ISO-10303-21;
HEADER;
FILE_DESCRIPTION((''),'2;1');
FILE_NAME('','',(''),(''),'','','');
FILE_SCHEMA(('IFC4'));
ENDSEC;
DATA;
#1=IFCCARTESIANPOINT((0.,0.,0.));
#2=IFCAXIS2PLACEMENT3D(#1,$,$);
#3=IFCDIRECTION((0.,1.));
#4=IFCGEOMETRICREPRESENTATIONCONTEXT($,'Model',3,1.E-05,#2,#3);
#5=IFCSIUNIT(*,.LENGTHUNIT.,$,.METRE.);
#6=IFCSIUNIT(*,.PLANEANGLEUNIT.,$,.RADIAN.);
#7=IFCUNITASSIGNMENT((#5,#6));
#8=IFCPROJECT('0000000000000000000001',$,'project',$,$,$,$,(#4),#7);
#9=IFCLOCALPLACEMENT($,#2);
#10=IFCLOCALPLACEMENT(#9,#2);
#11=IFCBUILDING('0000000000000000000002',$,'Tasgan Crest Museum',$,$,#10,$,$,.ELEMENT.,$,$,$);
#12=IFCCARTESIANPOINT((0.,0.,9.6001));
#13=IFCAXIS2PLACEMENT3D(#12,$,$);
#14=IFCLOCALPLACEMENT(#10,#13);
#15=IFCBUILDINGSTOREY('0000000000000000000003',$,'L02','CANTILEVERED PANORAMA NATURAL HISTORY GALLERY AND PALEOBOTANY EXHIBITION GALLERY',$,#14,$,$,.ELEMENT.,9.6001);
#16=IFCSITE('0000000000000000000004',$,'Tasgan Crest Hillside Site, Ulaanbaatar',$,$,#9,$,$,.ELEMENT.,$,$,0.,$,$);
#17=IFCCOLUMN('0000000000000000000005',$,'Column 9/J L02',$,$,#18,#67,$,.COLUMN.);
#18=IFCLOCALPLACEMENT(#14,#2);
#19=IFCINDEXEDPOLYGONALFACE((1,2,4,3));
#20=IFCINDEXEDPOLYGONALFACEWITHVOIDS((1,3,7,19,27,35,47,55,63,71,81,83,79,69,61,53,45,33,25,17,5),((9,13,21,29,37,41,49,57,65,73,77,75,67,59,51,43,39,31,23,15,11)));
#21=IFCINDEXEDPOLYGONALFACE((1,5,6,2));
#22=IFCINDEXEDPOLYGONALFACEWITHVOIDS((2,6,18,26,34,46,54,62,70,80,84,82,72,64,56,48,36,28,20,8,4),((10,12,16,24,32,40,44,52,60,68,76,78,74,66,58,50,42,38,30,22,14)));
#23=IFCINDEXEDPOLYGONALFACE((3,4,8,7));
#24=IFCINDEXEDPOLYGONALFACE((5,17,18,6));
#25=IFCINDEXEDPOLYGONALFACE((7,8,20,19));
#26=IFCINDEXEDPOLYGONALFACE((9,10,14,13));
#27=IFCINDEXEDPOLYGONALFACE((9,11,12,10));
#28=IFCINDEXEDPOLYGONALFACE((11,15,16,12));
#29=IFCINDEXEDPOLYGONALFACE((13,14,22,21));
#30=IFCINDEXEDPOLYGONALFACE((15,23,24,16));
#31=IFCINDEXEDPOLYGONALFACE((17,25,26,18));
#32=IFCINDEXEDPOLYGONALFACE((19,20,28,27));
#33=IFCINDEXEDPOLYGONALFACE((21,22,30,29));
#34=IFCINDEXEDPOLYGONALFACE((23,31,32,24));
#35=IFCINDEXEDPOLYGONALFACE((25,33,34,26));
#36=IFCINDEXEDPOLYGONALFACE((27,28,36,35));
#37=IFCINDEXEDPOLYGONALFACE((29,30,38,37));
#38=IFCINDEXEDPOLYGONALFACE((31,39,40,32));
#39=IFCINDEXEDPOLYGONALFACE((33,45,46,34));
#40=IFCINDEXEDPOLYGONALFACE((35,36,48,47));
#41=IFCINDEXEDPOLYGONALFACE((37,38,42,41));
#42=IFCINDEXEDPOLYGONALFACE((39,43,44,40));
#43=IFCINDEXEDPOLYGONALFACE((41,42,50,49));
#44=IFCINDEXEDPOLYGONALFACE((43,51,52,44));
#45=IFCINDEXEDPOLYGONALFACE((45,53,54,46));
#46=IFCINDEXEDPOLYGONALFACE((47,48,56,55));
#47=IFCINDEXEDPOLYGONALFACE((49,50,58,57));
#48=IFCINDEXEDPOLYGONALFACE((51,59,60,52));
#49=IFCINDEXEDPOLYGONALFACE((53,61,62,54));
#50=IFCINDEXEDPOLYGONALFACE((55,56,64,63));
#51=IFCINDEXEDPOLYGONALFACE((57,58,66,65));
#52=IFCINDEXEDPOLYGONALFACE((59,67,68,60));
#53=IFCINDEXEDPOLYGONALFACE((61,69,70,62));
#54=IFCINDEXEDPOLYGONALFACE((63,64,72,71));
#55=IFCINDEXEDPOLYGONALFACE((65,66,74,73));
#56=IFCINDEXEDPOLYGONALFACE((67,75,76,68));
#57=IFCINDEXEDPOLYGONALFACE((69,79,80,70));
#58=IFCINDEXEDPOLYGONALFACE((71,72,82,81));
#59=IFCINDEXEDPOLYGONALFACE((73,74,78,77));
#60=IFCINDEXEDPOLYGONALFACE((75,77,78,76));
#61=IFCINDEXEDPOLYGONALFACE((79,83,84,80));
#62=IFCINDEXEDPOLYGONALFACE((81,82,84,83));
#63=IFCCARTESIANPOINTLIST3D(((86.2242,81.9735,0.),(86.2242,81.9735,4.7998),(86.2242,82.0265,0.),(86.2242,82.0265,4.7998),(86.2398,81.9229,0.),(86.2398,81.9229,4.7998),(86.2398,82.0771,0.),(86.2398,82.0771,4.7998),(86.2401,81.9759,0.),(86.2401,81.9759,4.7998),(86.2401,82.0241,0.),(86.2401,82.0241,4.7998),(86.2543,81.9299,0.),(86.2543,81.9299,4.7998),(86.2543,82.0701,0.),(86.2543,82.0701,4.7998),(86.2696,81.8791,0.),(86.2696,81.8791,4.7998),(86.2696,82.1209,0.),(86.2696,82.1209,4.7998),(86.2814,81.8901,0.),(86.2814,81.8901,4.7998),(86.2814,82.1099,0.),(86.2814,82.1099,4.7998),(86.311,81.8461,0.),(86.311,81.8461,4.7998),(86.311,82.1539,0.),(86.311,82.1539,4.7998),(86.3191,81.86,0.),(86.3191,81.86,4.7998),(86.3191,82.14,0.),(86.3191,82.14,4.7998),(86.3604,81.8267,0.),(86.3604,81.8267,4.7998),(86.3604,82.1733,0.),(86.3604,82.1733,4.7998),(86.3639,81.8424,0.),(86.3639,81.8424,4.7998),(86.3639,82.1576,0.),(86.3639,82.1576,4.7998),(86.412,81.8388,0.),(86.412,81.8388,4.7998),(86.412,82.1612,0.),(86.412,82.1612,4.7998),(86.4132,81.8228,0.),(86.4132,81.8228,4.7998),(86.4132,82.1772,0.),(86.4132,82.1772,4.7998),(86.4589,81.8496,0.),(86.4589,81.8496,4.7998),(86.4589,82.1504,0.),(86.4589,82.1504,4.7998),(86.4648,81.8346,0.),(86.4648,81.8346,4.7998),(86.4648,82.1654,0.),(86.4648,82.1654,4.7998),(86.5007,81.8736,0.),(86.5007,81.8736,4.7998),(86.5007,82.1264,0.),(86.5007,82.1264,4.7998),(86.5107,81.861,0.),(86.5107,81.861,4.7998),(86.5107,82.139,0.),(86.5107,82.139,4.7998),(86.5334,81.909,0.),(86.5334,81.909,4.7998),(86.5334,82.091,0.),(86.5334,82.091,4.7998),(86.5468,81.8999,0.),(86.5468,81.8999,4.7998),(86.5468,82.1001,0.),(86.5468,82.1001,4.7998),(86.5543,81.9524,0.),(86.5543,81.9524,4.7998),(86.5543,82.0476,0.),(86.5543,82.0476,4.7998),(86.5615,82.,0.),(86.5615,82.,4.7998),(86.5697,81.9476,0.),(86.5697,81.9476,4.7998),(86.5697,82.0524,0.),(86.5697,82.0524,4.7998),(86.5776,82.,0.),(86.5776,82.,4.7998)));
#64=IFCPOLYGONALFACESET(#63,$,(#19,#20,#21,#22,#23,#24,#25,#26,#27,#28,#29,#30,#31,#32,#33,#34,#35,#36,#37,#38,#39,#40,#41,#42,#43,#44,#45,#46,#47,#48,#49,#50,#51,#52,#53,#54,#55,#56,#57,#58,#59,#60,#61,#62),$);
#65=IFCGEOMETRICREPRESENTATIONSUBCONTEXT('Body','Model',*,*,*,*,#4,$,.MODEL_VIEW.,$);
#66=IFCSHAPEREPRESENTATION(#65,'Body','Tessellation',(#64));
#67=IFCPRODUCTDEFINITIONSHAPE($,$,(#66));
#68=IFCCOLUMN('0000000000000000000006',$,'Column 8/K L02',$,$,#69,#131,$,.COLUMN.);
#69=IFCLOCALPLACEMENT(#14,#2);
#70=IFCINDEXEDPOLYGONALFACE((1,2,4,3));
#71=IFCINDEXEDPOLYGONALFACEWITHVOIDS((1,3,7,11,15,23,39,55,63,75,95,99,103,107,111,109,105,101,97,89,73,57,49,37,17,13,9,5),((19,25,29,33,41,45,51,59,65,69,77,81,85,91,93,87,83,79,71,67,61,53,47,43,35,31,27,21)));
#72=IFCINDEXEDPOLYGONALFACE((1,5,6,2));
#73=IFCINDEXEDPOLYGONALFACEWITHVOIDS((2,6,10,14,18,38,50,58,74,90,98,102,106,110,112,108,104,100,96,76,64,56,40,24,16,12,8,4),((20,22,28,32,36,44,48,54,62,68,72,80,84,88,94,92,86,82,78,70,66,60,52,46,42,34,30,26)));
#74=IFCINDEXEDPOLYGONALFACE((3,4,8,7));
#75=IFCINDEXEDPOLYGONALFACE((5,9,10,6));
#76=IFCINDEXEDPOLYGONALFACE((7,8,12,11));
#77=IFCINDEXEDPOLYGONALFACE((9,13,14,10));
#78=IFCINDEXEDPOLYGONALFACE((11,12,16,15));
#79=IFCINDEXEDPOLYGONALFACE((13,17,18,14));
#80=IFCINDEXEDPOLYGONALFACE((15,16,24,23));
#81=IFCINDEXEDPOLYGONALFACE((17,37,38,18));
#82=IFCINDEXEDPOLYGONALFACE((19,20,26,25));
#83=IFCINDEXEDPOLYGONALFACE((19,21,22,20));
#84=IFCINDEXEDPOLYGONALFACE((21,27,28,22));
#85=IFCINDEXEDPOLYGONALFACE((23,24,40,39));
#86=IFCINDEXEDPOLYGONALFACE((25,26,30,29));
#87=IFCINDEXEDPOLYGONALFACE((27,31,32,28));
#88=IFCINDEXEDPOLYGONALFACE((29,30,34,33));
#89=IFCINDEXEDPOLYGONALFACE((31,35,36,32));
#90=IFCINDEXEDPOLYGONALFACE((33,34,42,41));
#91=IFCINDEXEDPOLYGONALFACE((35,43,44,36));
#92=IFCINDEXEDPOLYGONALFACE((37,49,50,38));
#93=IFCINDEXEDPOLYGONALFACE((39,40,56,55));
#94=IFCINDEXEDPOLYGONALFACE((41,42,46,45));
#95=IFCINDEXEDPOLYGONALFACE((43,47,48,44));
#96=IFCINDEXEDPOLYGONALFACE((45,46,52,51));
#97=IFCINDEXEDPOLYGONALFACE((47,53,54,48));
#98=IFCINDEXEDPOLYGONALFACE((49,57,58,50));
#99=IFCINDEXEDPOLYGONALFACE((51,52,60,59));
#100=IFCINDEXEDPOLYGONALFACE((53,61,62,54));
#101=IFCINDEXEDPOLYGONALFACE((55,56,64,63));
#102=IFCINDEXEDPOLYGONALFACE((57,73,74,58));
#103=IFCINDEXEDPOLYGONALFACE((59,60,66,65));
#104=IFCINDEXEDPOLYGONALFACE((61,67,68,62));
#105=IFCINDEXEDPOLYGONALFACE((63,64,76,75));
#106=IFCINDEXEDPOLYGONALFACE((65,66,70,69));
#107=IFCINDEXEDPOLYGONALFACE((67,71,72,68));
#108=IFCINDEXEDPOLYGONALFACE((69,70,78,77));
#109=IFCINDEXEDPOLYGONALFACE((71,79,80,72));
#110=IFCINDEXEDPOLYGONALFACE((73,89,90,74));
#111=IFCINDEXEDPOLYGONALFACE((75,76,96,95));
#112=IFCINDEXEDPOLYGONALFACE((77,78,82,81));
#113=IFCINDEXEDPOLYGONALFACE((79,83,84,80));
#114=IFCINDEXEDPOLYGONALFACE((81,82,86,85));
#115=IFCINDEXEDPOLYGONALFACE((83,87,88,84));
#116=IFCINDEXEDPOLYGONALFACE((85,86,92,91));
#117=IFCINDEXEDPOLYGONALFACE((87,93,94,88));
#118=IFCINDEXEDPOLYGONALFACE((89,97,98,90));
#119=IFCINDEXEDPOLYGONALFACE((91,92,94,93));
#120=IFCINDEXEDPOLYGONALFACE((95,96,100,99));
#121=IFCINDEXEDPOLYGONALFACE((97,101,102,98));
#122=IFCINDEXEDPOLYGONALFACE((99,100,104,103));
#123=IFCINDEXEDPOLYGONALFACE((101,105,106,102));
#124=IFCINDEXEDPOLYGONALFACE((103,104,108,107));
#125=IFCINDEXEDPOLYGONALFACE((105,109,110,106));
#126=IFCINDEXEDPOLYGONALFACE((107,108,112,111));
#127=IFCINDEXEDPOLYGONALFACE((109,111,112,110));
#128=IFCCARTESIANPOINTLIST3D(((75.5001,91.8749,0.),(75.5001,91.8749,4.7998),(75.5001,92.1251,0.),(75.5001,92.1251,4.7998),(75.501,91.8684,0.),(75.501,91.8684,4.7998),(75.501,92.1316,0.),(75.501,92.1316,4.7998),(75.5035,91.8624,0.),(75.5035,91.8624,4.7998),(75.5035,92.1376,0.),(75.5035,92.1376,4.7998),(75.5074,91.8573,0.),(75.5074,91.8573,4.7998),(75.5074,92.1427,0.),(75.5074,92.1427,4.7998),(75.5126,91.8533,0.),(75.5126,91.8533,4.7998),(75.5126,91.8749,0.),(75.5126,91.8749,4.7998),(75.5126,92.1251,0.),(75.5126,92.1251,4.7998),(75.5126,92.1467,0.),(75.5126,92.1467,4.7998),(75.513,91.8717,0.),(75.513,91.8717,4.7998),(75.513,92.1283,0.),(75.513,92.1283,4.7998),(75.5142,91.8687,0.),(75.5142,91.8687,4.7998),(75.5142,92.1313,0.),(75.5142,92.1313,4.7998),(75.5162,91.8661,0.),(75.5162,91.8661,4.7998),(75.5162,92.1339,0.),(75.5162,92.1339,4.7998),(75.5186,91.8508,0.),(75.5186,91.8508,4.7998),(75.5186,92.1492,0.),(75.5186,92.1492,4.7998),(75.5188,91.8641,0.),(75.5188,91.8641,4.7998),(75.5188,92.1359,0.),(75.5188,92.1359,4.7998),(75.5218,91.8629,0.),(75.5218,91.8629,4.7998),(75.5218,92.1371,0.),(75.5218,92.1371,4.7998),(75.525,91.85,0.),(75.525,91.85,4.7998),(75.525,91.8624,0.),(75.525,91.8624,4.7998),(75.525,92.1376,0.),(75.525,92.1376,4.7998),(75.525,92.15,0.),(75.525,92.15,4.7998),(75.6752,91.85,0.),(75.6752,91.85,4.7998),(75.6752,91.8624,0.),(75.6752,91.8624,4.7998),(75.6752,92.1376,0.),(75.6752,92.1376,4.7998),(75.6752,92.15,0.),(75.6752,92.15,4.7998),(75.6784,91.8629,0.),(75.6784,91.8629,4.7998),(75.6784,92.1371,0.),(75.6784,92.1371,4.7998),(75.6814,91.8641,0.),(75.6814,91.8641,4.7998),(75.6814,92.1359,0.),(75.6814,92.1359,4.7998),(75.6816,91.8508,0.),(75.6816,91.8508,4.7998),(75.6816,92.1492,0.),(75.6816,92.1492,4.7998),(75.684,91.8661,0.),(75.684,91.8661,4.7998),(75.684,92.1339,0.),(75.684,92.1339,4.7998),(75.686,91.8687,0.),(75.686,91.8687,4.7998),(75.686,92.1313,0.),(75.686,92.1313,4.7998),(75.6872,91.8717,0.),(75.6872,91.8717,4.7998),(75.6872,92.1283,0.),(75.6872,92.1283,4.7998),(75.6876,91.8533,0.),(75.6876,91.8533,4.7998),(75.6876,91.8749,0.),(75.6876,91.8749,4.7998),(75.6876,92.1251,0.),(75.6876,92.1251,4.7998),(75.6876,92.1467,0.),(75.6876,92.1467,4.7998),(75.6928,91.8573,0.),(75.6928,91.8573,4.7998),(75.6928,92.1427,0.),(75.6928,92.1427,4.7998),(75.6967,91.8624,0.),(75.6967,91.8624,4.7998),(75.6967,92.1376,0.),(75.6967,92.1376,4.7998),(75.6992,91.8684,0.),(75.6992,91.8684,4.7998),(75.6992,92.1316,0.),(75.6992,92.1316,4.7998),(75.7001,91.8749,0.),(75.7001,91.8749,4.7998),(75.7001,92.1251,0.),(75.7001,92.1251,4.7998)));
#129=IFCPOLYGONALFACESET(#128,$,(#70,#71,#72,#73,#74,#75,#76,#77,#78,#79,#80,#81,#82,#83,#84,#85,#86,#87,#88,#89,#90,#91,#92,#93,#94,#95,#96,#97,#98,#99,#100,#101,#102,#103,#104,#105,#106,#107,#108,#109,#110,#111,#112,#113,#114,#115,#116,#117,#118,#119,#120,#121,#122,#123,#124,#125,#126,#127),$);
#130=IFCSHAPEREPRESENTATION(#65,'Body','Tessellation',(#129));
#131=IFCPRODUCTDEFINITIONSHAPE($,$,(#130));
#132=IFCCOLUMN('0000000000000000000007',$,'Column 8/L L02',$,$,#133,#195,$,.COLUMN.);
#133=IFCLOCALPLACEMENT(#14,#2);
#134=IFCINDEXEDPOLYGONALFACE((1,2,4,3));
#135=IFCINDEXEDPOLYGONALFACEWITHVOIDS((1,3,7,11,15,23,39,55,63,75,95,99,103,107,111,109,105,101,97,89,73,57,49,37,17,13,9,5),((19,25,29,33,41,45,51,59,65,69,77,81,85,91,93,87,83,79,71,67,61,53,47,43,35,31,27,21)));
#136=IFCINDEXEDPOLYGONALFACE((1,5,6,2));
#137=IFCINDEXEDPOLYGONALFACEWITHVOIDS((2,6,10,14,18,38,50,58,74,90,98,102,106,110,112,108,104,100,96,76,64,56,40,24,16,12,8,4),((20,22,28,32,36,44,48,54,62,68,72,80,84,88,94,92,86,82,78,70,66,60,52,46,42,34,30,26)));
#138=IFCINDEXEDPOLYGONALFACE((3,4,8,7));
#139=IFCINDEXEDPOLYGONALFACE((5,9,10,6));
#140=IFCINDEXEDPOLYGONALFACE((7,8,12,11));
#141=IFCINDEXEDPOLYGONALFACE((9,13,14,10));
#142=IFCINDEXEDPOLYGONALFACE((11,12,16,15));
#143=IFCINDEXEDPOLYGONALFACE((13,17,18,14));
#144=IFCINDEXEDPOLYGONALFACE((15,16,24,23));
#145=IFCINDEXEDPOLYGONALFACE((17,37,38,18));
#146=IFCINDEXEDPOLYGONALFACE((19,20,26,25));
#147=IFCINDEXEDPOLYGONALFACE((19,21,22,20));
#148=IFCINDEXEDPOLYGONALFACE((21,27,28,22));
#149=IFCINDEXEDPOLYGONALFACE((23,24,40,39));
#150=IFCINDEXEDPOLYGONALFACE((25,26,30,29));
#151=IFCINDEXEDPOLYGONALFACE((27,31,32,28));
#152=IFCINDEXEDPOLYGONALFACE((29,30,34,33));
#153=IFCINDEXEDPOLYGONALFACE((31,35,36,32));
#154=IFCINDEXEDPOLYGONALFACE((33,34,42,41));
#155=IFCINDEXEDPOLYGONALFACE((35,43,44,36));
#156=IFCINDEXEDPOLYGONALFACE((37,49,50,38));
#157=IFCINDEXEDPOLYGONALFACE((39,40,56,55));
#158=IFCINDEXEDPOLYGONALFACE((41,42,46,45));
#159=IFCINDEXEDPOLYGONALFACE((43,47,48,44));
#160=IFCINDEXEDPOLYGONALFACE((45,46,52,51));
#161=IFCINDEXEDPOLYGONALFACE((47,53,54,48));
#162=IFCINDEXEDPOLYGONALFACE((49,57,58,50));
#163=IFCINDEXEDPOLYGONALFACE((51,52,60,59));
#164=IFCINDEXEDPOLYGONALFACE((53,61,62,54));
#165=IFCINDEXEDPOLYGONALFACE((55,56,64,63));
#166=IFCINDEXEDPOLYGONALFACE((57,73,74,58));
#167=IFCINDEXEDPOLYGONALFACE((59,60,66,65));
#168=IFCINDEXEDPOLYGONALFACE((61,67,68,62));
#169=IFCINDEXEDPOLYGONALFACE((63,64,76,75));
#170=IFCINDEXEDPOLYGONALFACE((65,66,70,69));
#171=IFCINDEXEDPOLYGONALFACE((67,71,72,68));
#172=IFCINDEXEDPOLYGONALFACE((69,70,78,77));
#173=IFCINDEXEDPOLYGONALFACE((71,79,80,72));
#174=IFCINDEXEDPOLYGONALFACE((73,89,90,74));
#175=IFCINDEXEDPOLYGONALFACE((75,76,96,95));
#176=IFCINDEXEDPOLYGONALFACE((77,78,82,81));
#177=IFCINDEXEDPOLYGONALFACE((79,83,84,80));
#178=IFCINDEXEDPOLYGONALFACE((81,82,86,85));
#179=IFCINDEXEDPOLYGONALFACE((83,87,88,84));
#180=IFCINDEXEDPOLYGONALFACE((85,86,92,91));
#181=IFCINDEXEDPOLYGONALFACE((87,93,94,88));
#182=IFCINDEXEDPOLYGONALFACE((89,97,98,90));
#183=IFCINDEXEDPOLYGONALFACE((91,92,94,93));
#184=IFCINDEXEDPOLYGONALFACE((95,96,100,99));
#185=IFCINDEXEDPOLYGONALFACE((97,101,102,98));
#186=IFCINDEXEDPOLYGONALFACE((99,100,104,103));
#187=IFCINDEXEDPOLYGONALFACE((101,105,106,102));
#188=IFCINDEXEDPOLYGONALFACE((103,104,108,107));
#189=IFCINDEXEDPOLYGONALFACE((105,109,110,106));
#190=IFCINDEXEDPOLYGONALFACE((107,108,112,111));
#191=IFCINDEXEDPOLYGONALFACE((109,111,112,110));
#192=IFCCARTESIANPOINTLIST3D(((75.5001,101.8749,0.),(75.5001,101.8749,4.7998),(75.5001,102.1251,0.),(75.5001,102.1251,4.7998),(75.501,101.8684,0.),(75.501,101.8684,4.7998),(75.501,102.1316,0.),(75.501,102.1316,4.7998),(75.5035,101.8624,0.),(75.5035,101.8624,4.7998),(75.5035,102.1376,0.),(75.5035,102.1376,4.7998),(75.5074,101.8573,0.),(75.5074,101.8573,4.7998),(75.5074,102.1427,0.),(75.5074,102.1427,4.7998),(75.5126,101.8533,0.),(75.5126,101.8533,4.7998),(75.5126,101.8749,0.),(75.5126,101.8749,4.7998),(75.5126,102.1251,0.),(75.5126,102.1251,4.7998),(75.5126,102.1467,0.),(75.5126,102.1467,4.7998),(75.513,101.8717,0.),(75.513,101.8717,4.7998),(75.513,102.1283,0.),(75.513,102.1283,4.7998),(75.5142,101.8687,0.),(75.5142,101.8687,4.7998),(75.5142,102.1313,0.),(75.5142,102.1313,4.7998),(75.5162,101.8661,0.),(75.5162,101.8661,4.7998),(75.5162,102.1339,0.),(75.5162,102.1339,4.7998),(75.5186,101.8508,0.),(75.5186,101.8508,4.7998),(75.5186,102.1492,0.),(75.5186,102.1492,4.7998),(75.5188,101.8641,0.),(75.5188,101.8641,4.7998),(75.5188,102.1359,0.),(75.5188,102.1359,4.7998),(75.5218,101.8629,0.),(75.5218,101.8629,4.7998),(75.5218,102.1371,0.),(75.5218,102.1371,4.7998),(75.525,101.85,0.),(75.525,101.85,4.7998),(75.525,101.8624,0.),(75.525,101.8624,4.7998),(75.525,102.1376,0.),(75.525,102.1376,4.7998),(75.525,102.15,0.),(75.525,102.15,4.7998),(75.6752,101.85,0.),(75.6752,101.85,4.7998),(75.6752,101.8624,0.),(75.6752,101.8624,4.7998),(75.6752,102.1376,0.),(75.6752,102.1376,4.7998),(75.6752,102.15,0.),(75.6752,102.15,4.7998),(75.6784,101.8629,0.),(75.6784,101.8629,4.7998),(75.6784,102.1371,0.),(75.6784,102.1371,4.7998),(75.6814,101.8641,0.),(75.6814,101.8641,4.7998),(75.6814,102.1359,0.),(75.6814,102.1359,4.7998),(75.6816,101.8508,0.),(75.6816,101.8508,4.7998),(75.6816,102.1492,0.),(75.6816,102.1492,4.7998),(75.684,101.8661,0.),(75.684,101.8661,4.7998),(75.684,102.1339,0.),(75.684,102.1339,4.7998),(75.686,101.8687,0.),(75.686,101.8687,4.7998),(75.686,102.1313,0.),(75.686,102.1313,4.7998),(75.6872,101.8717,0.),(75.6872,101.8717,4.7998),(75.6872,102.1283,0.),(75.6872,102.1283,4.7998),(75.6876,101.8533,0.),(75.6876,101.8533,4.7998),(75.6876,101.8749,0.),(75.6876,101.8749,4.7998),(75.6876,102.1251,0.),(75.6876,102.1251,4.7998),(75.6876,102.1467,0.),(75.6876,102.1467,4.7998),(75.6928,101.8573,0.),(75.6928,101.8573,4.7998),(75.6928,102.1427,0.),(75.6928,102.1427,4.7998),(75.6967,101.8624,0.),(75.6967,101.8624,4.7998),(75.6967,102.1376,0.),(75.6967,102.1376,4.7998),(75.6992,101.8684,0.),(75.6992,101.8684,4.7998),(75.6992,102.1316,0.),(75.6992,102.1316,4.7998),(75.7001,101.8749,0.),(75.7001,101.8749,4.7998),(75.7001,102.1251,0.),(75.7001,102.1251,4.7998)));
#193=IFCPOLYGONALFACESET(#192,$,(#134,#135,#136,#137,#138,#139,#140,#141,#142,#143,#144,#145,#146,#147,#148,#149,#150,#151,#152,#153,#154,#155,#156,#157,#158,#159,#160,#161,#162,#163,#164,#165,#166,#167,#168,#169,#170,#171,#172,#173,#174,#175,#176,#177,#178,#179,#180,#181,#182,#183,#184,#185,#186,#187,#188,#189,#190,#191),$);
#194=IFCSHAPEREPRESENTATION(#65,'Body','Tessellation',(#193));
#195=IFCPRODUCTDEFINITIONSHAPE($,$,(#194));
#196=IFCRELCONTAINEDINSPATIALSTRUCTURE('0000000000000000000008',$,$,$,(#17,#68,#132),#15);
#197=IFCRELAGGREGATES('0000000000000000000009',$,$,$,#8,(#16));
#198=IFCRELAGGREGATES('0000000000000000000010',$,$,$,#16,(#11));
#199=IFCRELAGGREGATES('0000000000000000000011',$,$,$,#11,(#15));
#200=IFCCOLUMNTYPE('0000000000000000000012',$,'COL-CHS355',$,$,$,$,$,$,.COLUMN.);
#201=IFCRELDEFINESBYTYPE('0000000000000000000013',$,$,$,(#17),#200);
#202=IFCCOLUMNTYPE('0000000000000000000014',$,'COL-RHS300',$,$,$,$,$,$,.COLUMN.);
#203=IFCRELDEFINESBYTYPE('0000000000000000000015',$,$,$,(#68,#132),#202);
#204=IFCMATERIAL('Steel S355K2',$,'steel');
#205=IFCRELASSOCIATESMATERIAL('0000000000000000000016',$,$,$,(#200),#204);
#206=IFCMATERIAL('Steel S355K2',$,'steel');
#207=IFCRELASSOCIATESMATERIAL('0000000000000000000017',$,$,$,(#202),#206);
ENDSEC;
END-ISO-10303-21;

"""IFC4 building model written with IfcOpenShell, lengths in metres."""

from ifc_helpers import new_model, si_unit, direction, frame, origin, origin_2d, place, context, subcontext, project, spatial, hollow_rectangle, hollow_circle, extrude, material, material_profile, profile_set, type_object, element, save


model = new_model("IFC4")

# Units and contexts
model_context = context("Model", 3, precision=1e-05, world=origin(), true_north=direction((0.0, 1.0)))
body_context = subcontext(model_context, "Body", "Model", "MODEL_VIEW")
ifc_project = project(units=[si_unit("LENGTHUNIT", "METRE"), si_unit("PLANEANGLEUNIT", "RADIAN")], contexts=[model_context])

# Site, building, storey
site_placement = place(None, origin())
site = spatial("IfcSite", under=ifc_project, at=site_placement, Name="Tasgan Crest Hillside Site, Ulaanbaatar", CompositionType="ELEMENT", RefElevation=0.0)
building_placement = place(site_placement, origin())
building = spatial("IfcBuilding", under=site, at=building_placement, Name="Tasgan Crest Museum", CompositionType="ELEMENT")
storey_placement = place(building_placement, frame((0.0, 0.0, 9.6001)))
storey = spatial("IfcBuildingStorey", under=building, at=storey_placement, Name="L02", Description="CANTILEVERED PANORAMA NATURAL HISTORY GALLERY AND PALEOBOTANY EXHIBITION GALLERY", CompositionType="ELEMENT", Elevation=9.6001)

# Columns
ifc_material_1 = material(Name="Steel S355K2", Category="steel")
ifc_material_profile_1 = material_profile(ifc_material_1, hollow_circle(Radius=0.1777, WallThickness=0.0161, at=origin_2d()), Name="CHS 355.6x16")
ifc_profile_set_1 = profile_set([ifc_material_profile_1], Name="Steel S355K2")
column_type_1 = type_object("IfcColumnType", Name="COL-CHS355", PredefinedType="COLUMN", material=ifc_profile_set_1)
column_placement = place(storey_placement, frame((86.3999, 82.0, 0.0), z_axis=(0.0, 0.0, 1.0), x_axis=(1.0, 0.0, 0.0)))
element("IfcColumn", 1, at=column_placement, inside=storey, type_object=column_type_1, Name="Column 9/J L02", PredefinedType="COLUMN", context=body_context, shape_type="SweptSolid", body=[
    extrude(hollow_circle(Radius=0.1777, WallThickness=0.0161, at=origin_2d()), origin(), (0.0, 0.0, 1.0), 4.7998),
])
ifc_material_2 = material(Name="Steel S355K2", Category="steel")
ifc_material_profile_2 = material_profile(ifc_material_2, hollow_rectangle(XDim=0.2, YDim=0.3, WallThickness=0.0125, InnerFilletRadius=0.0125, OuterFilletRadius=0.0249, at=origin_2d()), Name="RHS 300x200x12.5")
ifc_profile_set_2 = profile_set([ifc_material_profile_2], Name="Steel S355K2")
column_type_2 = type_object("IfcColumnType", Name="COL-RHS300", PredefinedType="COLUMN", material=ifc_profile_set_2)
for number, where, z_axis, x_axis, name in (
    (2, (75.6001, 92.0, 0.0), (0.0, 0.0, 1.0), (1.0, 0.0, 0.0), "Column 8/K L02"),
    (3, (75.6001, 102.0, 0.0), (0.0, 0.0, 1.0), (1.0, 0.0, 0.0), "Column 8/L L02"),
):
    element("IfcColumn", number, at=place(storey_placement, frame(where, z_axis=z_axis, x_axis=x_axis)), inside=storey, type_object=column_type_2, Name=name, PredefinedType="COLUMN", context=body_context, shape_type="SweptSolid", body=[
        extrude(hollow_rectangle(XDim=0.2, YDim=0.3, WallThickness=0.0125, InnerFilletRadius=0.0125, OuterFilletRadius=0.0249, at=origin_2d()), origin(), (0.0, 0.0, 1.0), 4.7998),
    ])

save(model, "model.ifc")
